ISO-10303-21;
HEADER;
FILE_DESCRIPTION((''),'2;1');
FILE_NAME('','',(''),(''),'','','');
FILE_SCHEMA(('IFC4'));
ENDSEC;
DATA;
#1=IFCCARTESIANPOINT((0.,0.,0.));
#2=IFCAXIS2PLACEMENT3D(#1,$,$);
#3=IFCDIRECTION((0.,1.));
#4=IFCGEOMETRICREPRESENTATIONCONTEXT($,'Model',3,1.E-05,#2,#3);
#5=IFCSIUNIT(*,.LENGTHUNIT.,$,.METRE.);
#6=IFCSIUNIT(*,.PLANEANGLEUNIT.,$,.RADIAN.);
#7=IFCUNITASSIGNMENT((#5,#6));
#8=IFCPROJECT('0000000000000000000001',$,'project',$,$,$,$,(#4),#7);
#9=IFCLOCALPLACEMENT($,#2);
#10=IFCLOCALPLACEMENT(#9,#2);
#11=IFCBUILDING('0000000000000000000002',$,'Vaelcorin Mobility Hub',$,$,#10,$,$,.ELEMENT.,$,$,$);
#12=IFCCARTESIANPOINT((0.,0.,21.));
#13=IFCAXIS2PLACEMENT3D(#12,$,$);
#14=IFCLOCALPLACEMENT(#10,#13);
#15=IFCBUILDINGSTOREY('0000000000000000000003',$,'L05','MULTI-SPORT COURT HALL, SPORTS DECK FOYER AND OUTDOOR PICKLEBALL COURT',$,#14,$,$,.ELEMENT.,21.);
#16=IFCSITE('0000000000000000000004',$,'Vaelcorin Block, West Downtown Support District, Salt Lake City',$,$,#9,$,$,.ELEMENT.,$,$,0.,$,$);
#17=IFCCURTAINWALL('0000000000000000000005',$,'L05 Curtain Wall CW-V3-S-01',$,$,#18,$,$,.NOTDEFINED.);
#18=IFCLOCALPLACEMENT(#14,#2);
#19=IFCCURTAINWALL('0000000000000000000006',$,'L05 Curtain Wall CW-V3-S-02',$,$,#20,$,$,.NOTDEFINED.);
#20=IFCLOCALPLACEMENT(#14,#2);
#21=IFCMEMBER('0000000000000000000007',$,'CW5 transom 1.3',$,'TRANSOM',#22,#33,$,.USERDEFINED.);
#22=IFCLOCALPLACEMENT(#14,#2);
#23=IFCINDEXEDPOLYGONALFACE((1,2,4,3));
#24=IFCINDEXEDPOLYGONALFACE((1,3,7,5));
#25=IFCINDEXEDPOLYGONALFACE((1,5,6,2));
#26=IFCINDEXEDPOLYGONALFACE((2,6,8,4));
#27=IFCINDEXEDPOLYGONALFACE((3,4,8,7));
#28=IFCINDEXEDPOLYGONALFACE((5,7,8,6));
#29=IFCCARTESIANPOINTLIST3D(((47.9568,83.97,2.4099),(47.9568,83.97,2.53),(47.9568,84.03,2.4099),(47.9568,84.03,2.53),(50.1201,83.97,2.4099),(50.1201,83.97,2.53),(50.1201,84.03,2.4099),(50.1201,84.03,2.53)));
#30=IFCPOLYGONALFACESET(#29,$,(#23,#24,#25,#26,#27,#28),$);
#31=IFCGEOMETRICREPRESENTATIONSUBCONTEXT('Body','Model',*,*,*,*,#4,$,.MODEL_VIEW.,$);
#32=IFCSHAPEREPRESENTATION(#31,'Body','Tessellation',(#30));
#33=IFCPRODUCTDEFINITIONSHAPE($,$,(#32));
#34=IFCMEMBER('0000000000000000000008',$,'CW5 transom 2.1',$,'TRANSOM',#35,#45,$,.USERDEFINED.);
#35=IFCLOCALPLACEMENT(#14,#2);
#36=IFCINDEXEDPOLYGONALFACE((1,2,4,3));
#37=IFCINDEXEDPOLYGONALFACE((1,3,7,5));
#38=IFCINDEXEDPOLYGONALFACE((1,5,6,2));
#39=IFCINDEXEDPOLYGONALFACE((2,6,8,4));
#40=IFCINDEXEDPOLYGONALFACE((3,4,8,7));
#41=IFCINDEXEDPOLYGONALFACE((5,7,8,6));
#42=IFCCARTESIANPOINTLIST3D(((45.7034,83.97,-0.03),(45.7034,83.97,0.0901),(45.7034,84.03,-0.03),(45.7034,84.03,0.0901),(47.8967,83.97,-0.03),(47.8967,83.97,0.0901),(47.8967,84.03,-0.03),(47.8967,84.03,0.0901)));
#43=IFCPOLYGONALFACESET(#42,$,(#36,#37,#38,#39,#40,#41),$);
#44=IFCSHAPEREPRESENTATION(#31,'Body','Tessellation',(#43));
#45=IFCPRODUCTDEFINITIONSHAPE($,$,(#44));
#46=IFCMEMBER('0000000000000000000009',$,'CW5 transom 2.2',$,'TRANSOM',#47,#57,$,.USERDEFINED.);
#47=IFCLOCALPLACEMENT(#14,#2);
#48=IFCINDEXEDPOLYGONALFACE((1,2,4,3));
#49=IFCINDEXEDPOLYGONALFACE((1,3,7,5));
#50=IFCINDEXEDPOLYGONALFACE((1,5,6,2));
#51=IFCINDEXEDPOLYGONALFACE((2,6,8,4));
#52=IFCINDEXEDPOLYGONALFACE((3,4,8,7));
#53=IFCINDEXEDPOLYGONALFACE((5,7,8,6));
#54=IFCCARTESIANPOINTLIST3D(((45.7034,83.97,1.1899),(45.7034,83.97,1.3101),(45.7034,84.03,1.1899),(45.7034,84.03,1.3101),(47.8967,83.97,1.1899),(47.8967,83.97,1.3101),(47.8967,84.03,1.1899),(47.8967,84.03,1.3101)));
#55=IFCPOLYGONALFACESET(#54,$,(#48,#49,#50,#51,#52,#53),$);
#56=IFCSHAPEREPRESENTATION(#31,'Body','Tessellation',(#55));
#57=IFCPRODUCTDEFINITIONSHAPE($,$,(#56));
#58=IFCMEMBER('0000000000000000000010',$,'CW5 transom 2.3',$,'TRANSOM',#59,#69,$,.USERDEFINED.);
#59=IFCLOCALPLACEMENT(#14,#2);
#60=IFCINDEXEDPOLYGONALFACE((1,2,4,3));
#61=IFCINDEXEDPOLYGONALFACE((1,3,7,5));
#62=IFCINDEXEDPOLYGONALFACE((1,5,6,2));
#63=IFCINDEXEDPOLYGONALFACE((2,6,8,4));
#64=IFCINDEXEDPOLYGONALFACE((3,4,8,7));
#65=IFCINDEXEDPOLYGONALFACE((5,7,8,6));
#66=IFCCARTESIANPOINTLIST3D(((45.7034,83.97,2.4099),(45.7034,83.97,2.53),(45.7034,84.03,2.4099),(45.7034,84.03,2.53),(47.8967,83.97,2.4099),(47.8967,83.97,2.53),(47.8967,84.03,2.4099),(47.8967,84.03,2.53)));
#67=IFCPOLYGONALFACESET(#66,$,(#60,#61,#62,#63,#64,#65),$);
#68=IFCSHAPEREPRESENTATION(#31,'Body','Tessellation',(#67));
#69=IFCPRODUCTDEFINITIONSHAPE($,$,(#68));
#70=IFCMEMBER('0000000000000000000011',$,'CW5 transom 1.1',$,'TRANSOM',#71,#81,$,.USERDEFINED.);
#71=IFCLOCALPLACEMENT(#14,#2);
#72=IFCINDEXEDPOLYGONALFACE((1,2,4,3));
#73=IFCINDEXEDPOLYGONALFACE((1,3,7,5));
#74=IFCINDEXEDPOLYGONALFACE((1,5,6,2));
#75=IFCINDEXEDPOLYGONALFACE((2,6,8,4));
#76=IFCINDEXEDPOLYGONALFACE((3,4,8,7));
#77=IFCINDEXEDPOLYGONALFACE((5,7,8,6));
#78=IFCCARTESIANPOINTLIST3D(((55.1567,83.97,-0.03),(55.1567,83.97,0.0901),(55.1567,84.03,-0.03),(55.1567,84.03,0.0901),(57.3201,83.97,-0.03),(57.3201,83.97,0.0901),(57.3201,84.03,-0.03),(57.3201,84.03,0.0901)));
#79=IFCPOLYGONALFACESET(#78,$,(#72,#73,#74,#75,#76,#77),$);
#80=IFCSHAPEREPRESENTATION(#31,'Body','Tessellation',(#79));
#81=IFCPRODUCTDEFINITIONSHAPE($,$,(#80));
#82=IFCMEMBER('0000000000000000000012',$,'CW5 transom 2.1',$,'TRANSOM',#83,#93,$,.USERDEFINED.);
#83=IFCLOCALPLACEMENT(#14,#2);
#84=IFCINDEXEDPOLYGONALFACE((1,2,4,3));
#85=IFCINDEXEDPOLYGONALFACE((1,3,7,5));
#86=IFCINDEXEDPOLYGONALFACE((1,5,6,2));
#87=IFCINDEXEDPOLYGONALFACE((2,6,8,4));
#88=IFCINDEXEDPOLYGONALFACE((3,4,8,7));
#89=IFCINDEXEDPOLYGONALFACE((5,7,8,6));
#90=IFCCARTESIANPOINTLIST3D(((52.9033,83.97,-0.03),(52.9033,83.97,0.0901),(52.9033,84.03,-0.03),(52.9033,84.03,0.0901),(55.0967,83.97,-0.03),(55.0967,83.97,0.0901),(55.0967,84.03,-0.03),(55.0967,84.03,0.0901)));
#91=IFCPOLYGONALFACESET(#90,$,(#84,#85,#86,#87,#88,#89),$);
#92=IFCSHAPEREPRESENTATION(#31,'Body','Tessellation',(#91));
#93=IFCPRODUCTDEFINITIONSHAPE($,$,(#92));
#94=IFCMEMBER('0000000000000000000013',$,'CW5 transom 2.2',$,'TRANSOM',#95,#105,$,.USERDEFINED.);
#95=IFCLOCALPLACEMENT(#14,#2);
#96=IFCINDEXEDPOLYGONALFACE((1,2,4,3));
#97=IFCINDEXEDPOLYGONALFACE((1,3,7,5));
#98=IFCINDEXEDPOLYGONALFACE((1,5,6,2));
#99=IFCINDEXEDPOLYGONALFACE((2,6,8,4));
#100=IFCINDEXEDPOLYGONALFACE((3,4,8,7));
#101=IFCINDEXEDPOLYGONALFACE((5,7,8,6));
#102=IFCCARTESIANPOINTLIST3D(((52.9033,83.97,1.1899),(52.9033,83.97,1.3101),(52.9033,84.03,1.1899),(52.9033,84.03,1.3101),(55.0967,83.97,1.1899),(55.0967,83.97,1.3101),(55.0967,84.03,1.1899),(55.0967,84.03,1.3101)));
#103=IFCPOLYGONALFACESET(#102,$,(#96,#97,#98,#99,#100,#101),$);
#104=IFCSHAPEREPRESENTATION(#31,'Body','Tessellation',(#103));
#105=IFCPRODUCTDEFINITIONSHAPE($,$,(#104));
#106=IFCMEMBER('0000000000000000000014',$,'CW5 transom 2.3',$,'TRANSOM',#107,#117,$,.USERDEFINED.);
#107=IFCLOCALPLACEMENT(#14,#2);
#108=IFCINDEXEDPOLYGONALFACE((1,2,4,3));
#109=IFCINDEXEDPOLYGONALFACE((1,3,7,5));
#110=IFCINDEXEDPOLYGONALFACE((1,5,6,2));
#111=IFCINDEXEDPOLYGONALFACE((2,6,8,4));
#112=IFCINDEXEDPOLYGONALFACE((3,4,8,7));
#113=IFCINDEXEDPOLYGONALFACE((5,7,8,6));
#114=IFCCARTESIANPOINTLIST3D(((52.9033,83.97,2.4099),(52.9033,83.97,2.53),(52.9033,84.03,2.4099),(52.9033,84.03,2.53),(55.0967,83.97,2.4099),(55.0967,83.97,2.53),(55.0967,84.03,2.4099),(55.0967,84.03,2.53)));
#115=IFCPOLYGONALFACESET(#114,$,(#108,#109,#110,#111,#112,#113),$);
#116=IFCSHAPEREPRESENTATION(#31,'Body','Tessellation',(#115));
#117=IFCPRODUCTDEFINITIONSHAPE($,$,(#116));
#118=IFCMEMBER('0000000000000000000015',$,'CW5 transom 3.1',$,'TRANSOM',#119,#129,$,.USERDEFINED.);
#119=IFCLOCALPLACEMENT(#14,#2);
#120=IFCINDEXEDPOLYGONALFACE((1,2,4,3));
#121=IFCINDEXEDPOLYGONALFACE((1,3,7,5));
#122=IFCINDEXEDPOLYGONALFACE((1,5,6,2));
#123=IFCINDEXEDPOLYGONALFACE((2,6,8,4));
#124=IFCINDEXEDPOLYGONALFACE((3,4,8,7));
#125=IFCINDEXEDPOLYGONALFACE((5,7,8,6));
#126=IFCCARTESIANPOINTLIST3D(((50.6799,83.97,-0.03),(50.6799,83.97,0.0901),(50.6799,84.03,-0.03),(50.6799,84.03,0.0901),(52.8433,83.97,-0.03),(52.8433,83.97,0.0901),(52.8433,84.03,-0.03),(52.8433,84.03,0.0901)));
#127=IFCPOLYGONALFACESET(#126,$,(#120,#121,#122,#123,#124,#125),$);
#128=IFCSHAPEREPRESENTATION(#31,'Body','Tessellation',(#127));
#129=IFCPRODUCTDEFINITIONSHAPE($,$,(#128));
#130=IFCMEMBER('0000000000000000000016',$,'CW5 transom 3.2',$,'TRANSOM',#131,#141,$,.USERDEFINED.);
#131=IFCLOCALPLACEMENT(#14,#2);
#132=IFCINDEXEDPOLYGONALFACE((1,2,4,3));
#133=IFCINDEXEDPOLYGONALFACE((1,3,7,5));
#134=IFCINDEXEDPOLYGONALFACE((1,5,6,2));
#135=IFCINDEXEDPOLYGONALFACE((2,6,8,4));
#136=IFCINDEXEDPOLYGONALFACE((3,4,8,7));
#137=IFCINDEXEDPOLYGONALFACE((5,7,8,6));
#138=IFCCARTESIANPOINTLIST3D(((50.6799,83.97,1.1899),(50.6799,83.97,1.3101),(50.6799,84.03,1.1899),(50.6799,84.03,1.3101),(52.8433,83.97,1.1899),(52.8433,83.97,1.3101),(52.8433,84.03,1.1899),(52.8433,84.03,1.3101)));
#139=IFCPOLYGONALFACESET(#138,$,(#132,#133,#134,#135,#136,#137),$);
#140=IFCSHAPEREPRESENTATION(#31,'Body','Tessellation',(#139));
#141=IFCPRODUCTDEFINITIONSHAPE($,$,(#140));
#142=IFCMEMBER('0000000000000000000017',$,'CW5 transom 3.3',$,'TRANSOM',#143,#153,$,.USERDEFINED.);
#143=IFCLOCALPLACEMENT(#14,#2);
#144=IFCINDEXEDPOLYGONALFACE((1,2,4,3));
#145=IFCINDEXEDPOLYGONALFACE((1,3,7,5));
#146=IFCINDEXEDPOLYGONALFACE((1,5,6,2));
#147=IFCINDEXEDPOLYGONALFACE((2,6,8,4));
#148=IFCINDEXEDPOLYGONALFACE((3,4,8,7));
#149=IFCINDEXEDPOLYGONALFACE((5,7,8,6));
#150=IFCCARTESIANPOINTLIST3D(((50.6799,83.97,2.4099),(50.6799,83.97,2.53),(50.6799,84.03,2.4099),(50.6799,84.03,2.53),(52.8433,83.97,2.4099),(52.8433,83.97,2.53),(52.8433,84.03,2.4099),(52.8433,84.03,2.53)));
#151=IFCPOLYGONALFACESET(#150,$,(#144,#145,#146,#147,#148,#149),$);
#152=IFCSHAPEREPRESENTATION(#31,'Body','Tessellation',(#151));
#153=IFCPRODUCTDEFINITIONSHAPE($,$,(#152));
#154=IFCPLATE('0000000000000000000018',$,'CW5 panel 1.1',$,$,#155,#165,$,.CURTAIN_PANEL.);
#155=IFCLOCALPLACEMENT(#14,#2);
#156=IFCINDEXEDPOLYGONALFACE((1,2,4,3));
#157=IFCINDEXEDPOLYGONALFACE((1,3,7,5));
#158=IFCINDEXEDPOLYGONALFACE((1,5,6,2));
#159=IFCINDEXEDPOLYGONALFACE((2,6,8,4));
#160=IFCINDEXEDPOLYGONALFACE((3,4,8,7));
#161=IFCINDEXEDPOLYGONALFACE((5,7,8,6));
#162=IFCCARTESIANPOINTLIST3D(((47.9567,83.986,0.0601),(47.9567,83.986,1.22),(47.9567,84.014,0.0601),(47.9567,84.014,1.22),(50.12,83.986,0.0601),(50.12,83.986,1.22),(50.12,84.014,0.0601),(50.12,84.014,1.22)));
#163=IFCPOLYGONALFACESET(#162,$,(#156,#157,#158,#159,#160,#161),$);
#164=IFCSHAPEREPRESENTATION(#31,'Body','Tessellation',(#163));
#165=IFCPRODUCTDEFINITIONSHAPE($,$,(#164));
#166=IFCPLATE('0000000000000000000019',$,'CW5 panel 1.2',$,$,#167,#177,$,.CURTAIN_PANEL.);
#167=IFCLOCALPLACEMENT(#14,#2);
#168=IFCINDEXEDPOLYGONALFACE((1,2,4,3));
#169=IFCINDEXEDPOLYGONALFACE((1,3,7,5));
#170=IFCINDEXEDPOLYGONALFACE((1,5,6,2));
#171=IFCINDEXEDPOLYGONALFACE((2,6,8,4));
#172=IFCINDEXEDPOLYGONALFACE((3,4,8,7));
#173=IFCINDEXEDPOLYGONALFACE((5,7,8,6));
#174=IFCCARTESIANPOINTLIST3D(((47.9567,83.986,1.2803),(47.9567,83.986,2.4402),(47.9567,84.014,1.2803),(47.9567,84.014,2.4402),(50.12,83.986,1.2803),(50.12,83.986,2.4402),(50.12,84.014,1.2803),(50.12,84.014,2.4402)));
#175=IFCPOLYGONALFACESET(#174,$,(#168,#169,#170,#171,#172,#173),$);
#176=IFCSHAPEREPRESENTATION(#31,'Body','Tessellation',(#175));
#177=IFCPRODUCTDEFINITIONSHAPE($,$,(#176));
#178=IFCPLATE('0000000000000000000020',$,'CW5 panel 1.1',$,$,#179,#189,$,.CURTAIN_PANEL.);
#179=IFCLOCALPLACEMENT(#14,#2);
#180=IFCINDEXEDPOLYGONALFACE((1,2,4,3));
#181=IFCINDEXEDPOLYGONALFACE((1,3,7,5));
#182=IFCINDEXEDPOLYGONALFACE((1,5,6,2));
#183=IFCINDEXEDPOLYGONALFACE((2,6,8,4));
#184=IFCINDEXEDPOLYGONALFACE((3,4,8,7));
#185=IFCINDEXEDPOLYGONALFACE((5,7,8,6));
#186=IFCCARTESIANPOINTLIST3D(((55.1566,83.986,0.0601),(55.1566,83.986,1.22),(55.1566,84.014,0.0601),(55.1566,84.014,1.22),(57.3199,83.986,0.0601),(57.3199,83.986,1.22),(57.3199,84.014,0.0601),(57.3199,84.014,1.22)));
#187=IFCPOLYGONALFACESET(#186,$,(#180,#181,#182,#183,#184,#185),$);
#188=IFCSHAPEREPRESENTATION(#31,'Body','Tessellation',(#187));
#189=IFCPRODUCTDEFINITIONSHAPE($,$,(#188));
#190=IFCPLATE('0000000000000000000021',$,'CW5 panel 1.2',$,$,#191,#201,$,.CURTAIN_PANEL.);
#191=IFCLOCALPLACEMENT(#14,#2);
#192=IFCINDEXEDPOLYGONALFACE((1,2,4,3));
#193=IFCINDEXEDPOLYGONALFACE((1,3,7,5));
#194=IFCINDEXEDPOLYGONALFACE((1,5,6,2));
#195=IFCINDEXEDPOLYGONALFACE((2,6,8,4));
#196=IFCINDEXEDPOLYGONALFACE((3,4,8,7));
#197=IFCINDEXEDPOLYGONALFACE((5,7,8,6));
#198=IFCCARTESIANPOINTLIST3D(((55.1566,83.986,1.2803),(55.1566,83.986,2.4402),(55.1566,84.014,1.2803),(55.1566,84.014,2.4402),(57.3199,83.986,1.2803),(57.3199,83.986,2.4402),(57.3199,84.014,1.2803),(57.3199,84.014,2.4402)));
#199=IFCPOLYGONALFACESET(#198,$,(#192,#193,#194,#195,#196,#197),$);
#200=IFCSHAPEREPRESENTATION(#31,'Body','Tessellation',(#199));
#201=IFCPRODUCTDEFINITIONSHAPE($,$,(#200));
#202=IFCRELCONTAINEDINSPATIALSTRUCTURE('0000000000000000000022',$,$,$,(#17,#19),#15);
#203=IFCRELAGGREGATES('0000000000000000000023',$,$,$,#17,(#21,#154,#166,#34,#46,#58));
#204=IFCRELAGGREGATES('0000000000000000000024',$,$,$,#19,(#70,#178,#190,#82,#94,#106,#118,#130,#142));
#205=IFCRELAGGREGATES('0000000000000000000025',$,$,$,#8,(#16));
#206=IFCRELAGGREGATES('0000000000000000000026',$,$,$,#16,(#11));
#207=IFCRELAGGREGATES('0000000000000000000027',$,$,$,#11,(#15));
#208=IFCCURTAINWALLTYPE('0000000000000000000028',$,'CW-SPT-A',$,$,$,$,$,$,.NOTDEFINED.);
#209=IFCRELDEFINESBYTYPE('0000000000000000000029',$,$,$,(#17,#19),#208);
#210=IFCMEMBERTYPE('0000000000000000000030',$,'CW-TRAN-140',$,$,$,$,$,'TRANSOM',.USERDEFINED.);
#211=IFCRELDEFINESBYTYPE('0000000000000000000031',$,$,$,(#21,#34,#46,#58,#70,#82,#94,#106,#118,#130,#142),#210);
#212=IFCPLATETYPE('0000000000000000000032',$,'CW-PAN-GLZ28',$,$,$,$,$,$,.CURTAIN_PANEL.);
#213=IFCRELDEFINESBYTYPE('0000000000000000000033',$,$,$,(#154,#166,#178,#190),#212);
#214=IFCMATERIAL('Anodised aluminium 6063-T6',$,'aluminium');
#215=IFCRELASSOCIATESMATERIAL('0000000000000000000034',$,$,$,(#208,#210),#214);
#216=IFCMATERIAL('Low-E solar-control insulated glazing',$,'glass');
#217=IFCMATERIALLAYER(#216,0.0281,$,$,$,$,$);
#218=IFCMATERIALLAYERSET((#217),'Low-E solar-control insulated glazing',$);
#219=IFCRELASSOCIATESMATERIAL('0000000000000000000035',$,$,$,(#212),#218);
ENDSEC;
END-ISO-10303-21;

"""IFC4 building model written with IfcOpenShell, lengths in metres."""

from ifc_helpers import new_model, si_unit, direction, frame, origin, origin_2d, place, context, subcontext, project, spatial, rectangle, extrude, material, layer, layer_set, material_profile, profile_set, type_object, element, aggregate, save


model = new_model("IFC4")

# Units and contexts
model_context = context("Model", 3, precision=1e-05, world=origin(), true_north=direction((0.0, 1.0)))
body_context = subcontext(model_context, "Body", "Model", "MODEL_VIEW")
ifc_project = project(units=[si_unit("LENGTHUNIT", "METRE"), si_unit("PLANEANGLEUNIT", "RADIAN")], contexts=[model_context])

# Site, building, storey
site_placement = place(None, origin())
site = spatial("IfcSite", under=ifc_project, at=site_placement, Name="Vaelcorin Block, West Downtown Support District, Salt Lake City", CompositionType="ELEMENT", RefElevation=0.0)
building_placement = place(site_placement, origin())
building = spatial("IfcBuilding", under=site, at=building_placement, Name="Vaelcorin Mobility Hub", CompositionType="ELEMENT")
storey_placement = place(building_placement, frame((0.0, 0.0, 21.0)))
storey = spatial("IfcBuildingStorey", under=building, at=storey_placement, Name="L05", Description="MULTI-SPORT COURT HALL, SPORTS DECK FOYER AND OUTDOOR PICKLEBALL COURT", CompositionType="ELEMENT", Elevation=21.0)

# Curtain walls
ifc_material_1 = material(Name="Anodised aluminium 6063-T6", Category="aluminium")
curtain_wall_type = type_object("IfcCurtainWallType", Name="CW-SPT-A", PredefinedType="NOTDEFINED", material=ifc_material_1)
curtain_wall_1_placement = place(storey_placement, origin())
curtain_wall_1 = element("IfcCurtainWall", 1, at=curtain_wall_1_placement, inside=storey, type_object=curtain_wall_type, Name="L05 Curtain Wall CW-V3-S-01", PredefinedType="NOTDEFINED")
curtain_wall_2_placement = place(storey_placement, origin())
curtain_wall_2 = element("IfcCurtainWall", 2, at=curtain_wall_2_placement, inside=storey, type_object=curtain_wall_type, Name="L05 Curtain Wall CW-V3-S-02", PredefinedType="NOTDEFINED")

# Members
ifc_material_profile_1 = material_profile(ifc_material_1, rectangle(XDim=0.0601, YDim=0.1201, at=origin_2d()), Name="ALU-T60X120")
ifc_profile_set_1 = profile_set([ifc_material_profile_1], Name="Anodised aluminium 6063-T6")
member_type_1 = type_object("IfcMemberType", Name="CW-TRAN-140", ElementType="TRANSOM", PredefinedType="USERDEFINED", material=ifc_profile_set_1)
member_1_placement = place(storey_placement, frame((50.1201, 84.0, 2.47), z_axis=(-1.0, 0.0, 0.0), x_axis=(0.0, -1.0, 0.0)))
member_1 = element("IfcMember", 3, at=member_1_placement, type_object=member_type_1, Name="CW5 transom 1.3", ObjectType="TRANSOM", PredefinedType="USERDEFINED", context=body_context, shape_type="SweptSolid", body=[
    extrude(rectangle(XDim=0.0601, YDim=0.1201, at=origin_2d()), origin(), (0.0, 0.0, 1.0), 2.1633),
])
member_2_placement = place(storey_placement, frame((47.8967, 84.0, 0.03), z_axis=(-1.0, 0.0, 0.0), x_axis=(0.0, -1.0, 0.0)))
member_2 = element("IfcMember", 4, at=member_2_placement, type_object=member_type_1, Name="CW5 transom 2.1", ObjectType="TRANSOM", PredefinedType="USERDEFINED", context=body_context, shape_type="SweptSolid", body=[
    extrude(rectangle(XDim=0.0601, YDim=0.1201, at=origin_2d()), origin(), (0.0, 0.0, 1.0), 2.1934),
])
member_3_placement = place(storey_placement, frame((47.8967, 84.0, 1.25), z_axis=(-1.0, 0.0, 0.0), x_axis=(0.0, -1.0, 0.0)))
member_3 = element("IfcMember", 5, at=member_3_placement, type_object=member_type_1, Name="CW5 transom 2.2", ObjectType="TRANSOM", PredefinedType="USERDEFINED", context=body_context, shape_type="SweptSolid", body=[
    extrude(rectangle(XDim=0.0601, YDim=0.1201, at=origin_2d()), origin(), (0.0, 0.0, 1.0), 2.1934),
])
member_4_placement = place(storey_placement, frame((47.8967, 84.0, 2.47), z_axis=(-1.0, 0.0, 0.0), x_axis=(0.0, -1.0, 0.0)))
member_4 = element("IfcMember", 6, at=member_4_placement, type_object=member_type_1, Name="CW5 transom 2.3", ObjectType="TRANSOM", PredefinedType="USERDEFINED", context=body_context, shape_type="SweptSolid", body=[
    extrude(rectangle(XDim=0.0601, YDim=0.1201, at=origin_2d()), origin(), (0.0, 0.0, 1.0), 2.1934),
])
member_5_placement = place(storey_placement, frame((57.3201, 84.0, 0.03), z_axis=(-1.0, 0.0, 0.0), x_axis=(0.0, -1.0, 0.0)))
member_5 = element("IfcMember", 7, at=member_5_placement, type_object=member_type_1, Name="CW5 transom 1.1", ObjectType="TRANSOM", PredefinedType="USERDEFINED", context=body_context, shape_type="SweptSolid", body=[
    extrude(rectangle(XDim=0.0601, YDim=0.1201, at=origin_2d()), origin(), (0.0, 0.0, 1.0), 2.1633),
])
member_6_placement = place(storey_placement, frame((55.0967, 84.0, 0.03), z_axis=(-1.0, 0.0, 0.0), x_axis=(0.0, -1.0, 0.0)))
member_6 = element("IfcMember", 8, at=member_6_placement, type_object=member_type_1, Name="CW5 transom 2.1", ObjectType="TRANSOM", PredefinedType="USERDEFINED", context=body_context, shape_type="SweptSolid", body=[
    extrude(rectangle(XDim=0.0601, YDim=0.1201, at=origin_2d()), origin(), (0.0, 0.0, 1.0), 2.1934),
])
member_7_placement = place(storey_placement, frame((55.0967, 84.0, 1.25), z_axis=(-1.0, 0.0, 0.0), x_axis=(0.0, -1.0, 0.0)))
member_7 = element("IfcMember", 9, at=member_7_placement, type_object=member_type_1, Name="CW5 transom 2.2", ObjectType="TRANSOM", PredefinedType="USERDEFINED", context=body_context, shape_type="SweptSolid", body=[
    extrude(rectangle(XDim=0.0601, YDim=0.1201, at=origin_2d()), origin(), (0.0, 0.0, 1.0), 2.1934),
])
member_8_placement = place(storey_placement, frame((55.0967, 84.0, 2.47), z_axis=(-1.0, 0.0, 0.0), x_axis=(0.0, -1.0, 0.0)))
member_8 = element("IfcMember", 10, at=member_8_placement, type_object=member_type_1, Name="CW5 transom 2.3", ObjectType="TRANSOM", PredefinedType="USERDEFINED", context=body_context, shape_type="SweptSolid", body=[
    extrude(rectangle(XDim=0.0601, YDim=0.1201, at=origin_2d()), origin(), (0.0, 0.0, 1.0), 2.1934),
])
member_9_placement = place(storey_placement, frame((52.8433, 84.0, 0.03), z_axis=(-1.0, 0.0, 0.0), x_axis=(0.0, -1.0, 0.0)))
member_9 = element("IfcMember", 11, at=member_9_placement, type_object=member_type_1, Name="CW5 transom 3.1", ObjectType="TRANSOM", PredefinedType="USERDEFINED", context=body_context, shape_type="SweptSolid", body=[
    extrude(rectangle(XDim=0.0601, YDim=0.1201, at=origin_2d()), origin(), (0.0, 0.0, 1.0), 2.1633),
])
member_10_placement = place(storey_placement, frame((52.8433, 84.0, 1.25), z_axis=(-1.0, 0.0, 0.0), x_axis=(0.0, -1.0, 0.0)))
member_10 = element("IfcMember", 12, at=member_10_placement, type_object=member_type_1, Name="CW5 transom 3.2", ObjectType="TRANSOM", PredefinedType="USERDEFINED", context=body_context, shape_type="SweptSolid", body=[
    extrude(rectangle(XDim=0.0601, YDim=0.1201, at=origin_2d()), origin(), (0.0, 0.0, 1.0), 2.1633),
])
member_11_placement = place(storey_placement, frame((52.8433, 84.0, 2.47), z_axis=(-1.0, 0.0, 0.0), x_axis=(0.0, -1.0, 0.0)))
member_11 = element("IfcMember", 13, at=member_11_placement, type_object=member_type_1, Name="CW5 transom 3.3", ObjectType="TRANSOM", PredefinedType="USERDEFINED", context=body_context, shape_type="SweptSolid", body=[
    extrude(rectangle(XDim=0.0601, YDim=0.1201, at=origin_2d()), origin(), (0.0, 0.0, 1.0), 2.1633),
])

# Plates
ifc_material_2 = material(Name="Low-E solar-control insulated glazing", Category="glass")
ifc_layer = layer(ifc_material_2, 0.0281)
ifc_layer_set = layer_set([ifc_layer], Name="Low-E solar-control insulated glazing")
plate_type = type_object("IfcPlateType", Name="CW-PAN-GLZ28", PredefinedType="CURTAIN_PANEL", material=ifc_layer_set)
plate_1_placement = place(storey_placement, frame((49.0383, 84.0, 0.0601), z_axis=(0.0, 0.0, 1.0), x_axis=(-1.0, 0.0, 0.0)))
plate_1 = element("IfcPlate", 14, at=plate_1_placement, type_object=plate_type, Name="CW5 panel 1.1", PredefinedType="CURTAIN_PANEL", context=body_context, shape_type="SweptSolid", body=[
    extrude(rectangle(XDim=2.1633, YDim=0.0281, at=origin_2d()), origin(), (0.0, 0.0, 1.0), 1.1599),
])
plate_2_placement = place(storey_placement, frame((49.0383, 84.0, 1.2803), z_axis=(0.0, 0.0, 1.0), x_axis=(-1.0, 0.0, 0.0)))
plate_2 = element("IfcPlate", 15, at=plate_2_placement, type_object=plate_type, Name="CW5 panel 1.2", PredefinedType="CURTAIN_PANEL", context=body_context, shape_type="SweptSolid", body=[
    extrude(rectangle(XDim=2.1633, YDim=0.0281, at=origin_2d()), origin(), (0.0, 0.0, 1.0), 1.1599),
])
aggregate(curtain_wall_1, [member_1, plate_1, plate_2, member_2, member_3, member_4])
plate_3_placement = place(storey_placement, frame((56.2383, 84.0, 0.0601), z_axis=(0.0, 0.0, 1.0), x_axis=(-1.0, 0.0, 0.0)))
plate_3 = element("IfcPlate", 16, at=plate_3_placement, type_object=plate_type, Name="CW5 panel 1.1", PredefinedType="CURTAIN_PANEL", context=body_context, shape_type="SweptSolid", body=[
    extrude(rectangle(XDim=2.1633, YDim=0.0281, at=origin_2d()), origin(), (0.0, 0.0, 1.0), 1.1599),
])
plate_4_placement = place(storey_placement, frame((56.2383, 84.0, 1.2803), z_axis=(0.0, 0.0, 1.0), x_axis=(-1.0, 0.0, 0.0)))
plate_4 = element("IfcPlate", 17, at=plate_4_placement, type_object=plate_type, Name="CW5 panel 1.2", PredefinedType="CURTAIN_PANEL", context=body_context, shape_type="SweptSolid", body=[
    extrude(rectangle(XDim=2.1633, YDim=0.0281, at=origin_2d()), origin(), (0.0, 0.0, 1.0), 1.1599),
])
aggregate(curtain_wall_2, [member_5, plate_3, plate_4, member_6, member_7, member_8, member_9, member_10, member_11])

save(model, "model.ifc")
